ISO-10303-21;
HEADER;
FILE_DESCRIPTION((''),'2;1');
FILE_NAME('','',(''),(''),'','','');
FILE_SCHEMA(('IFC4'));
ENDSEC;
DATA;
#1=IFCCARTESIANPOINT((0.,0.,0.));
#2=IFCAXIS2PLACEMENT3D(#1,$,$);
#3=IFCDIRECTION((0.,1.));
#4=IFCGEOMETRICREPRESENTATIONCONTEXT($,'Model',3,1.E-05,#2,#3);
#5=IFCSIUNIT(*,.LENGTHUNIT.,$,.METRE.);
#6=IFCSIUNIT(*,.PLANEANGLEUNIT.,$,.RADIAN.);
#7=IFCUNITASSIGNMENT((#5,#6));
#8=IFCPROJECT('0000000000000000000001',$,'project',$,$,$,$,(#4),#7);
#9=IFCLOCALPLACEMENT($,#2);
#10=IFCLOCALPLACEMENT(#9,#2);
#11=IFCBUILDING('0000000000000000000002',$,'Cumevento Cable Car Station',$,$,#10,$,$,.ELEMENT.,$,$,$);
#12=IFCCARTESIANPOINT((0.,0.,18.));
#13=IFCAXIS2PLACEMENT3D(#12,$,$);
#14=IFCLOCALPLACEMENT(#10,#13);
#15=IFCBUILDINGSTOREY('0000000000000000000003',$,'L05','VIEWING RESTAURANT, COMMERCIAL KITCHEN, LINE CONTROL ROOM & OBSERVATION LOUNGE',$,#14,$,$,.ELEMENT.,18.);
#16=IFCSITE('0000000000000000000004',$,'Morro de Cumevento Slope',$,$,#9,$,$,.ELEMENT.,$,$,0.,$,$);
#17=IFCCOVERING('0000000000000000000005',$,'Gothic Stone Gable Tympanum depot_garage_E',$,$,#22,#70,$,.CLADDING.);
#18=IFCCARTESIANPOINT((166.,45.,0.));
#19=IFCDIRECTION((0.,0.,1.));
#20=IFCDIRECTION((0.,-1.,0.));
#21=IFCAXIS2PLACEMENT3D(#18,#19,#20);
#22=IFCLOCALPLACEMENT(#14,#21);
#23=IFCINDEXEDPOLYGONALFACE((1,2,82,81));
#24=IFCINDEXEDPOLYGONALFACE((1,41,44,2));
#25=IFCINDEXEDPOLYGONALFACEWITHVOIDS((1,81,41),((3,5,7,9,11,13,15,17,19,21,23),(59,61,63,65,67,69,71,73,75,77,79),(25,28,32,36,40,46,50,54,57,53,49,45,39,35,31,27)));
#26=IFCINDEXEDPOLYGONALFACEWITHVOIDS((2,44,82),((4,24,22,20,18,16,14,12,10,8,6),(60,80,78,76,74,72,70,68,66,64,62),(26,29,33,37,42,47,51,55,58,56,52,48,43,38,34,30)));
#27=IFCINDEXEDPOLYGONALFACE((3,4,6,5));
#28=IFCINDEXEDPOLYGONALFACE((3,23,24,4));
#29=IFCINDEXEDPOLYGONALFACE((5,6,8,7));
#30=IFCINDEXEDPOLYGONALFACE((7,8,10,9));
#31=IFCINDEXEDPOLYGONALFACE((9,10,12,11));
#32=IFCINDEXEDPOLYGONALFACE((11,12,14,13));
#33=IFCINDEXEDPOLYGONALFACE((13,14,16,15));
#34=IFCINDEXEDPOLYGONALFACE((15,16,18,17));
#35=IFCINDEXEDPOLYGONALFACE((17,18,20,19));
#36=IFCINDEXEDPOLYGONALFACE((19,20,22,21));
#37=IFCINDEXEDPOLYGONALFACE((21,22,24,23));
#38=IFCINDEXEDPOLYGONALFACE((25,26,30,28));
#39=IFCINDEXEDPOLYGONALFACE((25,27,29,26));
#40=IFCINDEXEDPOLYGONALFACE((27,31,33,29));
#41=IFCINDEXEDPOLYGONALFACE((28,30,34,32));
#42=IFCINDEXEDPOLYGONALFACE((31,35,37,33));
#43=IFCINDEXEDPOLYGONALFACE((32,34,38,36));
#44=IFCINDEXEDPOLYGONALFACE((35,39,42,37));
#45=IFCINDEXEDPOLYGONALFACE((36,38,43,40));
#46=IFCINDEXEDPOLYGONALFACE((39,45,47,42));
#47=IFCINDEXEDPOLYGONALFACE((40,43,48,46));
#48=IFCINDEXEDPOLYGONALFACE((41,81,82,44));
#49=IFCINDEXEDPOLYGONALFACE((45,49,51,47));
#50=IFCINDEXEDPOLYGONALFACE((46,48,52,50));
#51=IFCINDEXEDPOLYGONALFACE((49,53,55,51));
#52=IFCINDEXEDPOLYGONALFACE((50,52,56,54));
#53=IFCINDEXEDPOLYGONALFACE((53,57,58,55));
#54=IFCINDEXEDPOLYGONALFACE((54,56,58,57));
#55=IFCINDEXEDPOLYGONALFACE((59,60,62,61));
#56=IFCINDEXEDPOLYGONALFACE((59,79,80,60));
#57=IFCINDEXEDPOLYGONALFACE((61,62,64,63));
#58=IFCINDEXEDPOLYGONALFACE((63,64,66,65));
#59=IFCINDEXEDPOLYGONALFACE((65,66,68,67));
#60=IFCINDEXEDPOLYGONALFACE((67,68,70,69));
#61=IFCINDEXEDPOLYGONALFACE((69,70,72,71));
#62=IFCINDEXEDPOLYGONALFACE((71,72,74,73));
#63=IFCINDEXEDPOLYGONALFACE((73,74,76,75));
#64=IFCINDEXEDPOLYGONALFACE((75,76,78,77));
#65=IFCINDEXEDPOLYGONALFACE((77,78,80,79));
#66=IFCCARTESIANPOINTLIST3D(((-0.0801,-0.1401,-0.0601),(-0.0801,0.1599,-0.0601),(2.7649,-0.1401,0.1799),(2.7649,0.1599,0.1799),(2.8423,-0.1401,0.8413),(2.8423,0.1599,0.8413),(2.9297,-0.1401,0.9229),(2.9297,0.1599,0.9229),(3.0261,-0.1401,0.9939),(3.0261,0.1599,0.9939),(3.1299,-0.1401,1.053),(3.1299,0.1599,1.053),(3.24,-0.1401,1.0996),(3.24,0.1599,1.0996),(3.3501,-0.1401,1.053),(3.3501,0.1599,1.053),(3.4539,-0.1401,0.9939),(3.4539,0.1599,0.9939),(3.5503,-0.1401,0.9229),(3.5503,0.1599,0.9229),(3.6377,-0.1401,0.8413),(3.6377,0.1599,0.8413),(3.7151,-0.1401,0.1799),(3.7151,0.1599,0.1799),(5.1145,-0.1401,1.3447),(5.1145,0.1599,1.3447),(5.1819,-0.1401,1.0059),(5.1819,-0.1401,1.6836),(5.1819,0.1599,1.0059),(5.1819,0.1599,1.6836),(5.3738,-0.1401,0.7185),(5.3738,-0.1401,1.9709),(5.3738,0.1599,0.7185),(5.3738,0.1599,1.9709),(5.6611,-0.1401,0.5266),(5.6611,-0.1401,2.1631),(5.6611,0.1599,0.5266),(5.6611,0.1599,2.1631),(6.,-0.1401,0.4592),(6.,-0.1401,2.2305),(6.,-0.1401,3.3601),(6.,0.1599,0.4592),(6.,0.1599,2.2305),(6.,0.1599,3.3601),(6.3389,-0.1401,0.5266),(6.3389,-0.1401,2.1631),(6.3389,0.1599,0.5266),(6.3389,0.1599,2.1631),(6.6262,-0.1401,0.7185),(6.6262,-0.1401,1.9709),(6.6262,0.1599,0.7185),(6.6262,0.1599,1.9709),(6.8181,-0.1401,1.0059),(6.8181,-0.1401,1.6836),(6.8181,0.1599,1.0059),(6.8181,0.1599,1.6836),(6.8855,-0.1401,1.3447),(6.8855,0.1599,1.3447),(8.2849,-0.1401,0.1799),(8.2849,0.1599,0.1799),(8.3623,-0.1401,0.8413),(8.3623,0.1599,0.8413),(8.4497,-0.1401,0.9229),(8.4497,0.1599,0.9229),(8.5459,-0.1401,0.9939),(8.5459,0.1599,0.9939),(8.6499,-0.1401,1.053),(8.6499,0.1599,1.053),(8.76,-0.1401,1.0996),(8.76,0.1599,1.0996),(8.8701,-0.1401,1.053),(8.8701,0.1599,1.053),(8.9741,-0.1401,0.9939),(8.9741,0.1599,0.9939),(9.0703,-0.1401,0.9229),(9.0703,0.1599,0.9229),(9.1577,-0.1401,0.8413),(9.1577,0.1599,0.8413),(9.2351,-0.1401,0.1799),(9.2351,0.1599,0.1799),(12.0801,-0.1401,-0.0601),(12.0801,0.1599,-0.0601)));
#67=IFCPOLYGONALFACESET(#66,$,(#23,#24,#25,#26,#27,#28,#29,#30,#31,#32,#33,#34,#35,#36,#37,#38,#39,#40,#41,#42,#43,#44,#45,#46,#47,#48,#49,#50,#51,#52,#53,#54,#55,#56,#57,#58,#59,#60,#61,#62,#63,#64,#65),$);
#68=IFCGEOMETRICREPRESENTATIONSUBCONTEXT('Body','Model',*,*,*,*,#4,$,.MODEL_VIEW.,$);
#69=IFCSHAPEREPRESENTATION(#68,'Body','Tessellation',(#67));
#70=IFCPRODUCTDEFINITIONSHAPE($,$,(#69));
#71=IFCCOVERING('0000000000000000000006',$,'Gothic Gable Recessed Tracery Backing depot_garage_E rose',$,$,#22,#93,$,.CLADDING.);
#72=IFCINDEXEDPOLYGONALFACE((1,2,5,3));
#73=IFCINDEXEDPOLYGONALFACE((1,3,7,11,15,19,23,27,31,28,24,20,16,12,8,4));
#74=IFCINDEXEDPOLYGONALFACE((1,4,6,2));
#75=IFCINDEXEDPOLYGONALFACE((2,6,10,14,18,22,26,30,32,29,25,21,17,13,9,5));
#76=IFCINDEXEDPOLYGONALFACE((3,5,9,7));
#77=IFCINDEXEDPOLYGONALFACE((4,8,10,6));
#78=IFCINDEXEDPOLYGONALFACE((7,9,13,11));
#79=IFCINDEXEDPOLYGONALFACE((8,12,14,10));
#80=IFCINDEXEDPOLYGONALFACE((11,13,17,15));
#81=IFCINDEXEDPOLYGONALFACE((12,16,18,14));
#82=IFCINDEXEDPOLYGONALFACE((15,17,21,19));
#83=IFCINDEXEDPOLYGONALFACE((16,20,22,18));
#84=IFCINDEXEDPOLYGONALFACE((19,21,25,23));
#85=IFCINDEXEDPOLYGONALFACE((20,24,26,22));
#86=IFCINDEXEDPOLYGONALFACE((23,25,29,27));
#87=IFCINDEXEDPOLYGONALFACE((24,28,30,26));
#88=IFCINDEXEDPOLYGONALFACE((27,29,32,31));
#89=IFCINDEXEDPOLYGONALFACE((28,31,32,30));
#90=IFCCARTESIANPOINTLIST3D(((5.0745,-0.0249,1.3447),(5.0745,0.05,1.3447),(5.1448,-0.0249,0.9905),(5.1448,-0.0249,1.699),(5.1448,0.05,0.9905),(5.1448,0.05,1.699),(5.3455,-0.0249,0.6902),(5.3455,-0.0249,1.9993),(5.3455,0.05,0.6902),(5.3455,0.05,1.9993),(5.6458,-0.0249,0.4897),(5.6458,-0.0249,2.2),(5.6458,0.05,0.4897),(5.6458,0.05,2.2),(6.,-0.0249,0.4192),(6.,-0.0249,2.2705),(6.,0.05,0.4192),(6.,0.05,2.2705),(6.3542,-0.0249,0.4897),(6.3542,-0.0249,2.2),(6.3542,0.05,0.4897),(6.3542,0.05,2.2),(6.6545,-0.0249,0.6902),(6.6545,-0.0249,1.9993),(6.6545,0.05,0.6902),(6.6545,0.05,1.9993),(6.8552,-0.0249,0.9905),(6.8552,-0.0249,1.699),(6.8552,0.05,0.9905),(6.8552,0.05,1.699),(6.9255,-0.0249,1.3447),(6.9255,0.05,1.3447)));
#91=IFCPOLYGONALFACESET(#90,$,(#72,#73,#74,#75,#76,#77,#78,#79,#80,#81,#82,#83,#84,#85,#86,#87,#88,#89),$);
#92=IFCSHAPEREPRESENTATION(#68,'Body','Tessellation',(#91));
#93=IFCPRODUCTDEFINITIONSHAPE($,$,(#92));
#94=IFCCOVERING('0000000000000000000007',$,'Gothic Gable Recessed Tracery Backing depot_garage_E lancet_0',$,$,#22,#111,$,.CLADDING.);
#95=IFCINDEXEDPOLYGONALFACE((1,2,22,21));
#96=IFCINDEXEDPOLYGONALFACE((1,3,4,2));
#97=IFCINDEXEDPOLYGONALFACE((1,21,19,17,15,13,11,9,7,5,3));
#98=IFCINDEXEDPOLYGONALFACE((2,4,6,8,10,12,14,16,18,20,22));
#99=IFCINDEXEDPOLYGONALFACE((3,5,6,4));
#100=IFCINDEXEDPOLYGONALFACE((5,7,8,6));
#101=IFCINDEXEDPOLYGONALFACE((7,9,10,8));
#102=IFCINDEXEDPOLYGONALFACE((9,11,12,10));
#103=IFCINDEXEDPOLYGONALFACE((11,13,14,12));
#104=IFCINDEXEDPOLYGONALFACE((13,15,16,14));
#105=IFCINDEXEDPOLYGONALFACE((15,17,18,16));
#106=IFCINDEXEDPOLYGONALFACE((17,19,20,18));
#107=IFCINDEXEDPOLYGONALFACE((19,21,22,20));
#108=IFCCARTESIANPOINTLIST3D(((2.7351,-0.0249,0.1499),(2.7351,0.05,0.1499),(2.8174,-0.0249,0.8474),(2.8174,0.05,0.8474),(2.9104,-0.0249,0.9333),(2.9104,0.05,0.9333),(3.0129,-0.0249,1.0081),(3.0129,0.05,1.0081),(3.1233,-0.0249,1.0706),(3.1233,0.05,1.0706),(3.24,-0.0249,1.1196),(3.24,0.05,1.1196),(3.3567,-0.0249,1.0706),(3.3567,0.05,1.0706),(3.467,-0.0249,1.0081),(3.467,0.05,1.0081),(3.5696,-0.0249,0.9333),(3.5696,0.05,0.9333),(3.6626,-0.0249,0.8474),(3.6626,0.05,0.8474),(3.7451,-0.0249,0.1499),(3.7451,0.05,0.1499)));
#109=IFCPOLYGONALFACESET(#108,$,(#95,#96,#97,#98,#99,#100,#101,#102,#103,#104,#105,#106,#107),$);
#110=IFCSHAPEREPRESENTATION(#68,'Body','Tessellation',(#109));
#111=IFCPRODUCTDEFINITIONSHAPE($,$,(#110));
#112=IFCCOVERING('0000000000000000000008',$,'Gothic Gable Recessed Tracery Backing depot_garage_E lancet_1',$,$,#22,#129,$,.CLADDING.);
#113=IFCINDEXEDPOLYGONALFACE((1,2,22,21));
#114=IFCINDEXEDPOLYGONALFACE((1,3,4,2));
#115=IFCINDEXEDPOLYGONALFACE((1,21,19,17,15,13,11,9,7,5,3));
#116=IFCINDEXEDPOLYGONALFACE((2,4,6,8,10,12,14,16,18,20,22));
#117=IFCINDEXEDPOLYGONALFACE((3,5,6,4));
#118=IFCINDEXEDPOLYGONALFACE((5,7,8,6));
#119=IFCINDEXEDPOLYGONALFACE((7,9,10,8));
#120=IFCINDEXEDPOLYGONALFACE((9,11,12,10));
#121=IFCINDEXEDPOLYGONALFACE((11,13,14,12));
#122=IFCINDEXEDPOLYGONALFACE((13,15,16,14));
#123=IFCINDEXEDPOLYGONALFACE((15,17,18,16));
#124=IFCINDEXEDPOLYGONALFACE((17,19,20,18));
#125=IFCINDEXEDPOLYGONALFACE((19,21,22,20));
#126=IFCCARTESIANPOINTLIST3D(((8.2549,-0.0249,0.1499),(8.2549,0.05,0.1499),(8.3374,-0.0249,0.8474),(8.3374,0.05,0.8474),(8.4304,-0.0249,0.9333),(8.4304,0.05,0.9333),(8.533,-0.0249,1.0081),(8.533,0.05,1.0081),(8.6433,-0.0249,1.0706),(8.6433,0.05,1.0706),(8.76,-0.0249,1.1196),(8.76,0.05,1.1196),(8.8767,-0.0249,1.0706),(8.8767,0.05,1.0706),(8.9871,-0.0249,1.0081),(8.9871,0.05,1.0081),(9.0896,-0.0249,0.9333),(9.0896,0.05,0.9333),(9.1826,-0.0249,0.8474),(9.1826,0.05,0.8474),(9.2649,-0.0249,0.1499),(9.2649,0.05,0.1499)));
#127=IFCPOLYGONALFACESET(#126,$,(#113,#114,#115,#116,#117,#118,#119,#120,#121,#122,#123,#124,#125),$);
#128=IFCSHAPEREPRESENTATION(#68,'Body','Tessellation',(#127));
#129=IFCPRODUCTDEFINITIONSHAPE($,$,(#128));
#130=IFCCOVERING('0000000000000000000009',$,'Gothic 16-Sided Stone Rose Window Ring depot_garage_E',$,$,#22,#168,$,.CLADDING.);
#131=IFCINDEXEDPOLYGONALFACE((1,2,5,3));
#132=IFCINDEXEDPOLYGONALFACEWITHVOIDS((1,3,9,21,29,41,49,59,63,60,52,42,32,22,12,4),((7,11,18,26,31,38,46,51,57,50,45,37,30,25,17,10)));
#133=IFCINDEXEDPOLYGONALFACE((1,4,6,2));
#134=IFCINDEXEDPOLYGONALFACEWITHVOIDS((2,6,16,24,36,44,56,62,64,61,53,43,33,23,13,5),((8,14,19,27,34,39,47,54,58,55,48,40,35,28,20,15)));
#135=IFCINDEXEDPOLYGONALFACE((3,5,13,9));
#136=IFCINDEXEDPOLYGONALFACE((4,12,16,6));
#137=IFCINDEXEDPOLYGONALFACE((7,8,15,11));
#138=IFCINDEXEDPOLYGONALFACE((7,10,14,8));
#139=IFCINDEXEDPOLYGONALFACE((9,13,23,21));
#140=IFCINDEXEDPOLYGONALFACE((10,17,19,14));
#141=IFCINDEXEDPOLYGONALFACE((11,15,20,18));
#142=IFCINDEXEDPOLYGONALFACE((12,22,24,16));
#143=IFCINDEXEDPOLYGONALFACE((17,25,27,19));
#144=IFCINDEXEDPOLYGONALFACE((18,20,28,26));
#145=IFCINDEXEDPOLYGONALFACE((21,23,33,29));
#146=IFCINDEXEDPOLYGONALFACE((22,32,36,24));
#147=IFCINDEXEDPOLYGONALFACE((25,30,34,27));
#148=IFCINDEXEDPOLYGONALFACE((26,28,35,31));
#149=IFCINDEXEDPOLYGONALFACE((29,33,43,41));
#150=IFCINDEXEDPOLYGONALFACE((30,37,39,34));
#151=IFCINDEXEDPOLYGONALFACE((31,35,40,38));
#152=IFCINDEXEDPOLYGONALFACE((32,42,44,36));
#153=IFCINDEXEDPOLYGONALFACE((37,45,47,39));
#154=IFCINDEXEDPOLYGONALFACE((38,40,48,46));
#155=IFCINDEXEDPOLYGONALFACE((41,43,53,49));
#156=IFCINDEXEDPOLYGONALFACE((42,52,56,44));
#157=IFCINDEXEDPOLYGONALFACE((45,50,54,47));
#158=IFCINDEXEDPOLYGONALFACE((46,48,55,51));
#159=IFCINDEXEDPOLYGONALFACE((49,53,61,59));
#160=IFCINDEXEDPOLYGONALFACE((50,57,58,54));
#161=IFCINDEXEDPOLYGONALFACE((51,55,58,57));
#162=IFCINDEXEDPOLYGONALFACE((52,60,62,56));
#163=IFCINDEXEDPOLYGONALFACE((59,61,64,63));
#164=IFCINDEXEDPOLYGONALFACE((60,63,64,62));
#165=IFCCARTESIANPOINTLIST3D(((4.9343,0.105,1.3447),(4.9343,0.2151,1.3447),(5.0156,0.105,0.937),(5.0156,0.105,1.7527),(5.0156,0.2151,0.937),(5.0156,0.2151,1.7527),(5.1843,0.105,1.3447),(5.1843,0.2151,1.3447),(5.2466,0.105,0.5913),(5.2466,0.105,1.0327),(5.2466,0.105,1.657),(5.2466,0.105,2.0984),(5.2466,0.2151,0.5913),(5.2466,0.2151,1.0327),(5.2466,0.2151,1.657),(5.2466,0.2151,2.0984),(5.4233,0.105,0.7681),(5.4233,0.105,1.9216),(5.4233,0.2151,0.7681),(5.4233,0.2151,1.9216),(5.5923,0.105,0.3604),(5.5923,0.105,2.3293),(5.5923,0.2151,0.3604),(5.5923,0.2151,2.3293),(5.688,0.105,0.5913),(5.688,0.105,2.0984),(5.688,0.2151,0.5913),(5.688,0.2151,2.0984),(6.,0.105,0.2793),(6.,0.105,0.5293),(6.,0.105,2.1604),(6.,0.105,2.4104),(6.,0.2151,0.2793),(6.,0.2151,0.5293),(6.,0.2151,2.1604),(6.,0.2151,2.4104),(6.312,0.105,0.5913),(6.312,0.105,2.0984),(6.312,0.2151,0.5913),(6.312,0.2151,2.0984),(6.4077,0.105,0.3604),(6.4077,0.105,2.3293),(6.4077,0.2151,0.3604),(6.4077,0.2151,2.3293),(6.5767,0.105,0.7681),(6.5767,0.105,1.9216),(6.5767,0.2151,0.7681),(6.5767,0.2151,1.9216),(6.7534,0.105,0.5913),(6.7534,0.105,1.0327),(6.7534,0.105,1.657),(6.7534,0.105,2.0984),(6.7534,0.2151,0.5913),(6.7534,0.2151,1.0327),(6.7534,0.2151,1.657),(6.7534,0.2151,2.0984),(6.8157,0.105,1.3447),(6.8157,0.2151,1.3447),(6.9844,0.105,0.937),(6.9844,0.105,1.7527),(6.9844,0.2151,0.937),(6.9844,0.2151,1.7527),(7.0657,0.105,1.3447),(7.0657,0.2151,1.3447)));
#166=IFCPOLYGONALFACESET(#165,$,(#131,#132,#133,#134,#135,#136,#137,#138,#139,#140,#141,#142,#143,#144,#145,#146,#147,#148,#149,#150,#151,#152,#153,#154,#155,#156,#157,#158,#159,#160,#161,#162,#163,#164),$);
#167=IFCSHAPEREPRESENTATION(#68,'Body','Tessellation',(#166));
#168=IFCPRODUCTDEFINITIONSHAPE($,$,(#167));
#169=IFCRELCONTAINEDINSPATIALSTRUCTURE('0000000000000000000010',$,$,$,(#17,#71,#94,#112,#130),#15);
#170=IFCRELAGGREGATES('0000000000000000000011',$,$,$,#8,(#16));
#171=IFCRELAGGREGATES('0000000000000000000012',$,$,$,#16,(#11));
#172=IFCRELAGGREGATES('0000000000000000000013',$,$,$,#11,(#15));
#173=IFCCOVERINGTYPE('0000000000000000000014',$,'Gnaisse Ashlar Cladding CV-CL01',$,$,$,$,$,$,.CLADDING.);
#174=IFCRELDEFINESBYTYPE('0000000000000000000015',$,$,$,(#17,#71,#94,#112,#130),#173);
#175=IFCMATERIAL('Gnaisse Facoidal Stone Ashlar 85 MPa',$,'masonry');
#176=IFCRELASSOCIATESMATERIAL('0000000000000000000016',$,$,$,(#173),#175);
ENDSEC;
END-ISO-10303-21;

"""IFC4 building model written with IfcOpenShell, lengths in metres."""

from ifc_helpers import new_model, si_unit, direction, frame, origin, place, context, subcontext, project, spatial, polyline, outline, extrude, material, type_object, element, save


model = new_model("IFC4")

# Units and contexts
model_context = context("Model", 3, precision=1e-05, world=origin(), true_north=direction((0.0, 1.0)))
body_context = subcontext(model_context, "Body", "Model", "MODEL_VIEW")
ifc_project = project(units=[si_unit("LENGTHUNIT", "METRE"), si_unit("PLANEANGLEUNIT", "RADIAN")], contexts=[model_context])

# Site, building, storey
site_placement = place(None, origin())
site = spatial("IfcSite", under=ifc_project, at=site_placement, Name="Morro de Cumevento Slope", CompositionType="ELEMENT", RefElevation=0.0)
building_placement = place(site_placement, origin())
building = spatial("IfcBuilding", under=site, at=building_placement, Name="Cumevento Cable Car Station", CompositionType="ELEMENT")
storey_placement = place(building_placement, frame((0.0, 0.0, 18.0)))
storey = spatial("IfcBuildingStorey", under=building, at=storey_placement, Name="L05", Description="VIEWING RESTAURANT, COMMERCIAL KITCHEN, LINE CONTROL ROOM & OBSERVATION LOUNGE", CompositionType="ELEMENT", Elevation=18.0)

# Coverings
ifc_material_1 = material(Name="Gnaisse Facoidal Stone Ashlar 85 MPa", Category="masonry")
covering_type = type_object("IfcCoveringType", Name="Gnaisse Ashlar Cladding CV-CL01", PredefinedType="CLADDING", material=ifc_material_1)
placement = place(storey_placement, frame((166.0, 45.0, 0.0), z_axis=(0.0, 0.0, 1.0), x_axis=(0.0, -1.0, 0.0)))
element("IfcCovering", 1, at=placement, inside=storey, type_object=covering_type, Name="Gothic Stone Gable Tympanum depot_garage_E", PredefinedType="CLADDING", context=body_context, shape_type="SweptSolid", body=[
    extrude(outline(polyline([(-0.0801, -0.0601), (12.0801, -0.0601), (6.0, 3.3601), (-0.0801, -0.0601)]), holes=[polyline([(6.8855, 1.3447), (6.8181, 1.6836), (6.6262, 1.9709), (6.3389, 2.1631), (6.0, 2.2305), (5.6611, 2.1631), (5.3738, 1.9709), (5.1819, 1.6836), (5.1145, 1.3447), (5.1819, 1.0059), (5.3738, 0.7185), (5.6611, 0.5266), (6.0, 0.4592), (6.3389, 0.5266), (6.6262, 0.7185), (6.8181, 1.0059), (6.8855, 1.3447)]), polyline([(2.7649, 0.1799), (3.7151, 0.1799), (3.6377, 0.8413), (3.5503, 0.9229), (3.4539, 0.9939), (3.3501, 1.053), (3.24, 1.0996), (3.1299, 1.053), (3.0261, 0.9939), (2.9297, 0.9229), (2.8423, 0.8413), (2.7649, 0.1799)]), polyline([(8.2849, 0.1799), (9.2351, 0.1799), (9.1577, 0.8413), (9.0703, 0.9229), (8.9741, 0.9939), (8.8701, 1.053), (8.76, 1.0996), (8.6499, 1.053), (8.5459, 0.9939), (8.4497, 0.9229), (8.3623, 0.8413), (8.2849, 0.1799)])]), frame((0.0, 0.1599, 0.0), z_axis=(0.0, -1.0, 0.0), x_axis=(1.0, 0.0, 0.0)), (0.0, 0.0, 1.0), 0.3),
])
element("IfcCovering", 2, at=placement, inside=storey, type_object=covering_type, Name="Gothic Gable Recessed Tracery Backing depot_garage_E rose", PredefinedType="CLADDING", context=body_context, shape_type="SweptSolid", body=[
    extrude(outline(polyline([(6.9255, 1.3447), (6.8552, 1.699), (6.6545, 1.9993), (6.3542, 2.2), (6.0, 2.2705), (5.6458, 2.2), (5.3455, 1.9993), (5.1448, 1.699), (5.0745, 1.3447), (5.1448, 0.9905), (5.3455, 0.6902), (5.6458, 0.4897), (6.0, 0.4192), (6.3542, 0.4897), (6.6545, 0.6902), (6.8552, 0.9905), (6.9255, 1.3447)])), frame((0.0, 0.05, 0.0), z_axis=(0.0, -1.0, 0.0), x_axis=(1.0, 0.0, 0.0)), (0.0, 0.0, 1.0), 0.075),
])
element("IfcCovering", 3, at=placement, inside=storey, type_object=covering_type, Name="Gothic Gable Recessed Tracery Backing depot_garage_E lancet_0", PredefinedType="CLADDING", context=body_context, shape_type="SweptSolid", body=[
    extrude(outline(polyline([(2.7351, 0.1499), (3.7451, 0.1499), (3.6626, 0.8474), (3.5696, 0.9333), (3.467, 1.0081), (3.3567, 1.0706), (3.24, 1.1196), (3.1233, 1.0706), (3.0129, 1.0081), (2.9104, 0.9333), (2.8174, 0.8474), (2.7351, 0.1499)])), frame((0.0, 0.05, 0.0), z_axis=(0.0, -1.0, 0.0), x_axis=(1.0, 0.0, 0.0)), (0.0, 0.0, 1.0), 0.075),
])
element("IfcCovering", 4, at=placement, inside=storey, type_object=covering_type, Name="Gothic Gable Recessed Tracery Backing depot_garage_E lancet_1", PredefinedType="CLADDING", context=body_context, shape_type="SweptSolid", body=[
    extrude(outline(polyline([(8.2549, 0.1499), (9.2649, 0.1499), (9.1826, 0.8474), (9.0896, 0.9333), (8.9871, 1.0081), (8.8767, 1.0706), (8.76, 1.1196), (8.6433, 1.0706), (8.533, 1.0081), (8.4304, 0.9333), (8.3374, 0.8474), (8.2549, 0.1499)])), frame((0.0, 0.05, 0.0), z_axis=(0.0, -1.0, 0.0), x_axis=(1.0, 0.0, 0.0)), (0.0, 0.0, 1.0), 0.075),
])
element("IfcCovering", 5, at=placement, inside=storey, type_object=covering_type, Name="Gothic 16-Sided Stone Rose Window Ring depot_garage_E", PredefinedType="CLADDING", context=body_context, shape_type="SweptSolid", body=[
    extrude(outline(polyline([(7.0657, 1.3447), (6.9844, 1.7527), (6.7534, 2.0984), (6.4077, 2.3293), (6.0, 2.4104), (5.5923, 2.3293), (5.2466, 2.0984), (5.0156, 1.7527), (4.9343, 1.3447), (5.0156, 0.937), (5.2466, 0.5913), (5.5923, 0.3604), (6.0, 0.2793), (6.4077, 0.3604), (6.7534, 0.5913), (6.9844, 0.937), (7.0657, 1.3447)]), holes=[polyline([(6.8157, 1.3447), (6.7534, 1.657), (6.5767, 1.9216), (6.312, 2.0984), (6.0, 2.1604), (5.688, 2.0984), (5.4233, 1.9216), (5.2466, 1.657), (5.1843, 1.3447), (5.2466, 1.0327), (5.4233, 0.7681), (5.688, 0.5913), (6.0, 0.5293), (6.312, 0.5913), (6.5767, 0.7681), (6.7534, 1.0327), (6.8157, 1.3447)])]), frame((0.0, 0.2151, 0.0), z_axis=(0.0, -1.0, 0.0), x_axis=(1.0, 0.0, 0.0)), (0.0, 0.0, 1.0), 0.1101),
])

save(model, "model.ifc")
